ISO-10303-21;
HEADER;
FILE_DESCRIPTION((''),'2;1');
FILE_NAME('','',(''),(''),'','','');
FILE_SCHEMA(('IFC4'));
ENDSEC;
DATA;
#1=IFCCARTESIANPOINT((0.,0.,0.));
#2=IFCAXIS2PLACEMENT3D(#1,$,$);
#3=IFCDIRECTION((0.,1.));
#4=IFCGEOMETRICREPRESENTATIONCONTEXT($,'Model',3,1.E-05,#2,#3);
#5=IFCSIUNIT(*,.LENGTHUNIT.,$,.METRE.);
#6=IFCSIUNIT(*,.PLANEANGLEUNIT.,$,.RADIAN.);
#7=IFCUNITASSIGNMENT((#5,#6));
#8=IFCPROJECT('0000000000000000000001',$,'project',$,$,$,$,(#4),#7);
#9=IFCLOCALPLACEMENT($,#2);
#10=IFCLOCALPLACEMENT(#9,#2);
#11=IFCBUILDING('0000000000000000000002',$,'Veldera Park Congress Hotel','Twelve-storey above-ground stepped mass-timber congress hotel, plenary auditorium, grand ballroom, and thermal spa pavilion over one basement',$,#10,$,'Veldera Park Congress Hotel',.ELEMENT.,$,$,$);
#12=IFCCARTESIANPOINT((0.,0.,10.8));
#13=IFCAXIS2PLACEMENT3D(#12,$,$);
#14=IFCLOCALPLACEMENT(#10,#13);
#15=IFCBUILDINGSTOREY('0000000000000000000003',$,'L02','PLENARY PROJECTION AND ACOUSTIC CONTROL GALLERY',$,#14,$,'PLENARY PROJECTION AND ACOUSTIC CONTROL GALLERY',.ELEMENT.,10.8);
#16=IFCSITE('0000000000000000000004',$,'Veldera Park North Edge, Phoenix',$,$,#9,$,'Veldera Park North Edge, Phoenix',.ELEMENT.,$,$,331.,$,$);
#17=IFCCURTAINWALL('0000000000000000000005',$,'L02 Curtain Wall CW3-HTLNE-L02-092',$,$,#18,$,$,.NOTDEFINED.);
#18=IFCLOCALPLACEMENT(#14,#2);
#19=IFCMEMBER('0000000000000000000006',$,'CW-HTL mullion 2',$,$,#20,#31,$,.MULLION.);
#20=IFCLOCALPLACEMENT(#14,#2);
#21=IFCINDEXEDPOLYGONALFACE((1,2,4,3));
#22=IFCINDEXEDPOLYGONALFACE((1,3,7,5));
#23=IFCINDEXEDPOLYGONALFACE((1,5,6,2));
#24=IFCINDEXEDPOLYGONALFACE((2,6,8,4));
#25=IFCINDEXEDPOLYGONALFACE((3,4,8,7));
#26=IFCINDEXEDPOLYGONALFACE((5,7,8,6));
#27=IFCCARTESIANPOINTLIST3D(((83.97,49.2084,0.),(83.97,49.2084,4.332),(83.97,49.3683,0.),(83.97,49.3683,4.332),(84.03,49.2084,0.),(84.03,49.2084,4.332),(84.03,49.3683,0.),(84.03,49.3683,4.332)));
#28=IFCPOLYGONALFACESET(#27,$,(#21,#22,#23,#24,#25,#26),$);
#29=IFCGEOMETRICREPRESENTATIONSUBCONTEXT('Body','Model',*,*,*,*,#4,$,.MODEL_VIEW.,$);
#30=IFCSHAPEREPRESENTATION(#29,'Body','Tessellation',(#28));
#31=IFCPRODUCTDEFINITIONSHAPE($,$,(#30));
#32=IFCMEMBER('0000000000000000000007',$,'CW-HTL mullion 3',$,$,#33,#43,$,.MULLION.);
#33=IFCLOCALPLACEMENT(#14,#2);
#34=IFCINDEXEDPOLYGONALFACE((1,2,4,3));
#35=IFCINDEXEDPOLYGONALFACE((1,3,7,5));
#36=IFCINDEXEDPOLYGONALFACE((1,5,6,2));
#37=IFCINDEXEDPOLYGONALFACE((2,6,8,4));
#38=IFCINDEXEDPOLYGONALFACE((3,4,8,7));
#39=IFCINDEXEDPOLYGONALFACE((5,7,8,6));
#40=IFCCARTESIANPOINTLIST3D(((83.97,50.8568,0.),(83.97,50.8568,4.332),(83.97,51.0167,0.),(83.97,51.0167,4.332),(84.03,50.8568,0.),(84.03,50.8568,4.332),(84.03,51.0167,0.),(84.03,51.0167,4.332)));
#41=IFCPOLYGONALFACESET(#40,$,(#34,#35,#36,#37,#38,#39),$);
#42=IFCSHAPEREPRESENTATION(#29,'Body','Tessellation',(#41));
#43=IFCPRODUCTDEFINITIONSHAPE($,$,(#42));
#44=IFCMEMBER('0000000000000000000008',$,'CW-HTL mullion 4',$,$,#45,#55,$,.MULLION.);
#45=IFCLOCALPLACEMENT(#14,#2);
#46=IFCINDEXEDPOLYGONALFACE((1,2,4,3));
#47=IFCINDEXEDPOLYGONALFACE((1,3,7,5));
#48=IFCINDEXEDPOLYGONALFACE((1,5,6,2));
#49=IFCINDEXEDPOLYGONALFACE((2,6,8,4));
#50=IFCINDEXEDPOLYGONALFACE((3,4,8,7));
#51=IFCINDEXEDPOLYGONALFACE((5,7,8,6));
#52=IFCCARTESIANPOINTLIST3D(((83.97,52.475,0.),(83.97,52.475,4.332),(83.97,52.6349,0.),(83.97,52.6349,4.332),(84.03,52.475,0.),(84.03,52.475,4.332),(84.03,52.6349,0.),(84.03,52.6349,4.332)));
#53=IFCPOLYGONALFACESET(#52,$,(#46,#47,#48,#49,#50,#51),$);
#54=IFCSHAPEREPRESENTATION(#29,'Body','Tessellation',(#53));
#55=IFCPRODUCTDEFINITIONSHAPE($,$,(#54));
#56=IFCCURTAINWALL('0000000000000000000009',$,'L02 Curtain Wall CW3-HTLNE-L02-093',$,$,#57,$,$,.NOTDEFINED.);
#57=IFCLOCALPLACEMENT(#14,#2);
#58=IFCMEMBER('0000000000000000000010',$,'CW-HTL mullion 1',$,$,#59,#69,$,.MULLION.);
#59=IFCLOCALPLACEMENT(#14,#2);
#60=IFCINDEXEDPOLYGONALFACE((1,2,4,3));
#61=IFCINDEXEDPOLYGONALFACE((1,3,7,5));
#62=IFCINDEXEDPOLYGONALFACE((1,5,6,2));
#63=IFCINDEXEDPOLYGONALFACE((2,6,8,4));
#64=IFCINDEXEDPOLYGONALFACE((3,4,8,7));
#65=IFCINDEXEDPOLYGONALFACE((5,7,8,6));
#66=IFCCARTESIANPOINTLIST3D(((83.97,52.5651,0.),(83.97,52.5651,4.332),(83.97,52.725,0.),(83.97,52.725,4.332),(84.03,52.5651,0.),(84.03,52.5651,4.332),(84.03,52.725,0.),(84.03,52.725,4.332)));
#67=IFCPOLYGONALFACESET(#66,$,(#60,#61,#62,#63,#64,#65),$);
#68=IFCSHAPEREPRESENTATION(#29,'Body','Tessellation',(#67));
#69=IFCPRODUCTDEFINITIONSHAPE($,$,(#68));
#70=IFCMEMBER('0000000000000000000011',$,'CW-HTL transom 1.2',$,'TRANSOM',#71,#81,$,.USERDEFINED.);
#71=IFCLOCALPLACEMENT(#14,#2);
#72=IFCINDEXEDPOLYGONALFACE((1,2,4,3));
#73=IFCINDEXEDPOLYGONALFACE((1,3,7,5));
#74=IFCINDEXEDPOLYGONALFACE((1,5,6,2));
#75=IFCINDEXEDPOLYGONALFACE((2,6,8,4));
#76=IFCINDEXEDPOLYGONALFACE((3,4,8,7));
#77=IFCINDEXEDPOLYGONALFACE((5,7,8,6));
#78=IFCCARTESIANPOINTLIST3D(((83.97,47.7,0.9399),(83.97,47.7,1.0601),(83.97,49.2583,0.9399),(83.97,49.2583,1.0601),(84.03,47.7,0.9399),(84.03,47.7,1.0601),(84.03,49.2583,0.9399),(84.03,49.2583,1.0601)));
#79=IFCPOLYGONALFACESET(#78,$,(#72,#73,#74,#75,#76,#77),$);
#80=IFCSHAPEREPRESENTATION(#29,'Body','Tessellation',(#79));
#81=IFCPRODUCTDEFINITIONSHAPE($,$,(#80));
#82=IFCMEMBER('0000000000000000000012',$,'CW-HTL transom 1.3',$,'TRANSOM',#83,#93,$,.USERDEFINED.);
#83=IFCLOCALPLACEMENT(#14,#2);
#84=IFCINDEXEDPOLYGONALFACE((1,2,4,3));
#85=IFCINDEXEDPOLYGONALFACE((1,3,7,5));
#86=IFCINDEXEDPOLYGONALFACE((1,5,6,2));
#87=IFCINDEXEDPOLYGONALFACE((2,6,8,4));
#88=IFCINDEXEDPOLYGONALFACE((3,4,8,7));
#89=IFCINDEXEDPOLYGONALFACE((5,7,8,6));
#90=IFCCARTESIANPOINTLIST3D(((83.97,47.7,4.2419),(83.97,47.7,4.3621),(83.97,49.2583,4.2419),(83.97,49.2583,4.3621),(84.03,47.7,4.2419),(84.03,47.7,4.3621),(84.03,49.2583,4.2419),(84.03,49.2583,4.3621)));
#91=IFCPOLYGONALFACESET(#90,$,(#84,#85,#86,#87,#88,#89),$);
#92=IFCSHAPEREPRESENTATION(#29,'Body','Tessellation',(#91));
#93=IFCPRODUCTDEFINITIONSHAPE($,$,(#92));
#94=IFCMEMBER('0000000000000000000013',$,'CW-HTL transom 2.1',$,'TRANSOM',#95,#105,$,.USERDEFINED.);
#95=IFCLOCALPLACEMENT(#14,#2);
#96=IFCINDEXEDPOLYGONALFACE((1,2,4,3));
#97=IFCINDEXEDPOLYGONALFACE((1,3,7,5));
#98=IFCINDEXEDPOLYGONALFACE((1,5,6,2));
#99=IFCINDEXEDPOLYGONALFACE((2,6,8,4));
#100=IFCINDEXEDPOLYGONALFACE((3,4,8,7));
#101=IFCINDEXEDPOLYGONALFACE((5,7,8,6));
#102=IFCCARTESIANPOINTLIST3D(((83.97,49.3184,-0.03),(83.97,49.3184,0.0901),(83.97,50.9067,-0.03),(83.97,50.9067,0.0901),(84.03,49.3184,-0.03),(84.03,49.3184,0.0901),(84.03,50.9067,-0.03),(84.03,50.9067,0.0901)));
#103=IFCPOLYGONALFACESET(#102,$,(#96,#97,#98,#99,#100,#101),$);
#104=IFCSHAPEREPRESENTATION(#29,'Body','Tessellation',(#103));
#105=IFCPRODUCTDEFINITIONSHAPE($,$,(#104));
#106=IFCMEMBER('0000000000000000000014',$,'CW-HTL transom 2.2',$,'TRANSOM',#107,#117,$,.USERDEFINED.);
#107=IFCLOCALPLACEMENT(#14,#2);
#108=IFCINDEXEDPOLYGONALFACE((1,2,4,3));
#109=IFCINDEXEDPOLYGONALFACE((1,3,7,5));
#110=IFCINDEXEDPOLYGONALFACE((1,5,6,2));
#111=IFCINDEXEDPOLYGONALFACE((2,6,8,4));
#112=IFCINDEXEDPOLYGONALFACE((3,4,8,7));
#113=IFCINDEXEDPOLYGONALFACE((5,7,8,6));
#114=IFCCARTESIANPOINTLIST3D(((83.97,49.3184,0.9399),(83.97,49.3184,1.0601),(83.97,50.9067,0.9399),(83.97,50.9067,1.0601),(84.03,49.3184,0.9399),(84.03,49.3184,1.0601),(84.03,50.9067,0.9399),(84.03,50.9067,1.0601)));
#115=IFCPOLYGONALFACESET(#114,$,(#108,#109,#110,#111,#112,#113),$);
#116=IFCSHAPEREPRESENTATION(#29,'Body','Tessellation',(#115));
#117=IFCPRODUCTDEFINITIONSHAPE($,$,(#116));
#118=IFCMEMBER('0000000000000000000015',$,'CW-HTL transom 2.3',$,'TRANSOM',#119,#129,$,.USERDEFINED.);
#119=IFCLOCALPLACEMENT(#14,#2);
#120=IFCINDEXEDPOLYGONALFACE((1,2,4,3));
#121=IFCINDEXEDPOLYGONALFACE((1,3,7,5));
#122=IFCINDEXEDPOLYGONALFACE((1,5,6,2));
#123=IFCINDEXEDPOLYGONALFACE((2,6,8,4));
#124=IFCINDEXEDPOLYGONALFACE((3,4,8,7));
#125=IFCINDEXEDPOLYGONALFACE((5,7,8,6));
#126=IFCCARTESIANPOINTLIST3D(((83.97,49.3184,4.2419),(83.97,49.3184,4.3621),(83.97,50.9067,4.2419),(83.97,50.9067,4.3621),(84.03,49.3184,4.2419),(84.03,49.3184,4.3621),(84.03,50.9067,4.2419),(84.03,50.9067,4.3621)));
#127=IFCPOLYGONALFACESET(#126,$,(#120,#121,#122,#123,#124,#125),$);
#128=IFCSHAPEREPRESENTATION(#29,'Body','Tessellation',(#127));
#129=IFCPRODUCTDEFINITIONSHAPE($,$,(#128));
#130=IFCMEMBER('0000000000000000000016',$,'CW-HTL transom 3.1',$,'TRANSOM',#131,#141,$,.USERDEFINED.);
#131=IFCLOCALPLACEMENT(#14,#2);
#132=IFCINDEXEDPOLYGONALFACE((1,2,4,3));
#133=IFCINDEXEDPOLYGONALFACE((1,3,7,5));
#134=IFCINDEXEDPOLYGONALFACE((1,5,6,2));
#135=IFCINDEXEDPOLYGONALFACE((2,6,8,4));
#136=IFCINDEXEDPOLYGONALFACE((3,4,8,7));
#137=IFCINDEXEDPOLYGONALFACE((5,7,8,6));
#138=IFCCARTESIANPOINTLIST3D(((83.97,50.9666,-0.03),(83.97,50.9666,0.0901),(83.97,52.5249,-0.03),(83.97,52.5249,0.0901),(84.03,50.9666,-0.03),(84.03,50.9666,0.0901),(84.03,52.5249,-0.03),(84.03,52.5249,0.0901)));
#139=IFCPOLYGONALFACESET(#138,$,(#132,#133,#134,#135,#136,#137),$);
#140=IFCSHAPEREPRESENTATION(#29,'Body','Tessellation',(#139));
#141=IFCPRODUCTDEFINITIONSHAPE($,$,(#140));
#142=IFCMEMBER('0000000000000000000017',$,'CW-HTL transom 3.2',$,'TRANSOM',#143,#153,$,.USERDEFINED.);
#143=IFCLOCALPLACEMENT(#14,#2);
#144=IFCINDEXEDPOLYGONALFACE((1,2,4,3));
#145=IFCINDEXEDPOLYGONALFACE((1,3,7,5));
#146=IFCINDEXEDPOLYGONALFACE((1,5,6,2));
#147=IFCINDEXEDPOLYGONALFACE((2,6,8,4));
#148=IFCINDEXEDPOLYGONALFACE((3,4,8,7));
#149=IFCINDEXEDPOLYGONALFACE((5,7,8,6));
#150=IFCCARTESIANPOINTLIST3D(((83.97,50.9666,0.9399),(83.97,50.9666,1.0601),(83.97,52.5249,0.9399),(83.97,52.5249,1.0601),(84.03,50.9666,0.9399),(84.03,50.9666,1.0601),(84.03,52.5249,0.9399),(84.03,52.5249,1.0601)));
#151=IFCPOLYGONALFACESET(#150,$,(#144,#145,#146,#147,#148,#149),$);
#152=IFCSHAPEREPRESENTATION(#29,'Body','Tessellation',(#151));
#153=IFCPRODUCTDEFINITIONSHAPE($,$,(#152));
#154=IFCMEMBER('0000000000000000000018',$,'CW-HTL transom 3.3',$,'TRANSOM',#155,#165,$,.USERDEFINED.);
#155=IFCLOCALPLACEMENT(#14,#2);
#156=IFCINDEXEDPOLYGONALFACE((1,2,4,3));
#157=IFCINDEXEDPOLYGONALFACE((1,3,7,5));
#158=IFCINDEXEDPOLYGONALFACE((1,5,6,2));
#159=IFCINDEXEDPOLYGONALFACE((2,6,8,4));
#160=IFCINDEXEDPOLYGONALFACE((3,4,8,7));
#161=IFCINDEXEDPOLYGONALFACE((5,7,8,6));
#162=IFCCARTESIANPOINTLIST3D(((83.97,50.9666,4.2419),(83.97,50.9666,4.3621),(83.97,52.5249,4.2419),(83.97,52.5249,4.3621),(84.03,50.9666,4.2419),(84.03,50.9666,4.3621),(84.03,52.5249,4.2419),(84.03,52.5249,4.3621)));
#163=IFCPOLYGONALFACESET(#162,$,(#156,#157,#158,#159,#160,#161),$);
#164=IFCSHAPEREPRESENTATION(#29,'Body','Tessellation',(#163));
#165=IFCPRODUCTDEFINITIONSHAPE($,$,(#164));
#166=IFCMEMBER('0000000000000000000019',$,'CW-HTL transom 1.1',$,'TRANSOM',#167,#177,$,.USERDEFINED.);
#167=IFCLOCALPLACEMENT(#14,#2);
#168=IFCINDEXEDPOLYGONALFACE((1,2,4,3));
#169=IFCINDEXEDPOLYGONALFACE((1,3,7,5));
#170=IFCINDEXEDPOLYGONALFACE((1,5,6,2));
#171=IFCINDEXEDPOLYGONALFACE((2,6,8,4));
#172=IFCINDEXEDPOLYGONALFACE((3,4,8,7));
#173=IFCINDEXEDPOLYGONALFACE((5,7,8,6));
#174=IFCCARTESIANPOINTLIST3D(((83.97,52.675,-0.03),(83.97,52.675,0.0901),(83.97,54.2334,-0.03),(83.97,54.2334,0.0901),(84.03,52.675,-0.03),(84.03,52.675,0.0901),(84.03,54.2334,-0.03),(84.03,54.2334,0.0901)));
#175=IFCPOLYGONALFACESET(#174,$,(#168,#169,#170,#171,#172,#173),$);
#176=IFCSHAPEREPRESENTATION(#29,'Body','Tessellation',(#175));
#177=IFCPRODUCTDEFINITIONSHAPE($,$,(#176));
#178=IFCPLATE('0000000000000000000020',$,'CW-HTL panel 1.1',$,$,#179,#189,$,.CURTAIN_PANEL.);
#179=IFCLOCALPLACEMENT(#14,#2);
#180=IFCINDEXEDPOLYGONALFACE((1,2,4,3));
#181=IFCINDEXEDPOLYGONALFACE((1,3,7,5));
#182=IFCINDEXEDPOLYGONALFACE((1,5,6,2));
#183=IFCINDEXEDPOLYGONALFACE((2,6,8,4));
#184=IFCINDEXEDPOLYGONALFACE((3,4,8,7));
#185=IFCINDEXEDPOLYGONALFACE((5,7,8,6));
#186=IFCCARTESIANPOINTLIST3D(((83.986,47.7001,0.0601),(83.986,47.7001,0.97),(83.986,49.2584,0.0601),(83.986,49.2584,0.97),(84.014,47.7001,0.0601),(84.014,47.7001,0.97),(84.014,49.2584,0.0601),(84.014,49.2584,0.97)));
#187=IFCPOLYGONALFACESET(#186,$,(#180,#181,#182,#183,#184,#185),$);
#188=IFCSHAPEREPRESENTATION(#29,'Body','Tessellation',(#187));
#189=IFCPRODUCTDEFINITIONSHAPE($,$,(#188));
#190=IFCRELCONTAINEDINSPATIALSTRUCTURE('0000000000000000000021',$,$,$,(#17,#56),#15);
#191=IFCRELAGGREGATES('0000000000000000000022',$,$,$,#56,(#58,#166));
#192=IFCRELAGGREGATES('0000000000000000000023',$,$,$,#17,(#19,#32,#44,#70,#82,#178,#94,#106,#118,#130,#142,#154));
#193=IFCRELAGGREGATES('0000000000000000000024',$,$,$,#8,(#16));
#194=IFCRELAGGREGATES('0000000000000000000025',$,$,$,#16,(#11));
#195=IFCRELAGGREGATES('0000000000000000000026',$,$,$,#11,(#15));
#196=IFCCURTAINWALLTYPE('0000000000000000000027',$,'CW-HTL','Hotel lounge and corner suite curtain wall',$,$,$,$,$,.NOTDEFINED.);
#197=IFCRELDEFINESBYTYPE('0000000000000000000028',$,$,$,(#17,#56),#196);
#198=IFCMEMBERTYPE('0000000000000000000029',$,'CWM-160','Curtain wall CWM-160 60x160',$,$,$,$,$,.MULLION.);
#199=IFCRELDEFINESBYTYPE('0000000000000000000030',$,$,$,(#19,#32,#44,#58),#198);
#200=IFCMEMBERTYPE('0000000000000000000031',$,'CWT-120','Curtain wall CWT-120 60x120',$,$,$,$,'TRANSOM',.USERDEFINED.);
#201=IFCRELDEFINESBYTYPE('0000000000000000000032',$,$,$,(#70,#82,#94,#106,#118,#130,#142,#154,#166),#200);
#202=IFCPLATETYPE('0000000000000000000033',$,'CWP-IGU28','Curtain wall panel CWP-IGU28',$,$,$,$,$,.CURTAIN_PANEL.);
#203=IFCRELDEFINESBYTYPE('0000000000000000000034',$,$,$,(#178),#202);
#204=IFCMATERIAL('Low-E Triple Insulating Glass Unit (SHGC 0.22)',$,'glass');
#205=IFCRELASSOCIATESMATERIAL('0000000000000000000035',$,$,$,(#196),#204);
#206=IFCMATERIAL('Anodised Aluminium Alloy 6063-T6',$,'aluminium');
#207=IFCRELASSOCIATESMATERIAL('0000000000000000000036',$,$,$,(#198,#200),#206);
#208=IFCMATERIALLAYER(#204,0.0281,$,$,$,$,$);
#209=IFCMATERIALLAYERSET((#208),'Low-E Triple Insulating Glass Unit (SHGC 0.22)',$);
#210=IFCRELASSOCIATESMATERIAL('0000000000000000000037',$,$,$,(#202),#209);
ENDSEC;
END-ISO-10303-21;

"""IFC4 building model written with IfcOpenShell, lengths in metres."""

from ifc_helpers import new_model, si_unit, direction, frame, origin, origin_2d, place, context, subcontext, project, spatial, rectangle, extrude, material, layer, layer_set, material_profile, profile_set, type_object, element, aggregate, save


model = new_model("IFC4")

# Units and contexts
model_context = context("Model", 3, precision=1e-05, world=origin(), true_north=direction((0.0, 1.0)))
body_context = subcontext(model_context, "Body", "Model", "MODEL_VIEW")
ifc_project = project(units=[si_unit("LENGTHUNIT", "METRE"), si_unit("PLANEANGLEUNIT", "RADIAN")], contexts=[model_context])

# Site, building, storey
site_placement = place(None, origin())
site = spatial("IfcSite", under=ifc_project, at=site_placement, Name="Veldera Park North Edge, Phoenix", LongName="Veldera Park North Edge, Phoenix", CompositionType="ELEMENT", RefElevation=331.0)
building_placement = place(site_placement, origin())
building = spatial("IfcBuilding", under=site, at=building_placement, Name="Veldera Park Congress Hotel", Description="Twelve-storey above-ground stepped mass-timber congress hotel, plenary auditorium, grand ballroom, and thermal spa pavilion over one basement", LongName="Veldera Park Congress Hotel", CompositionType="ELEMENT")
storey_placement = place(building_placement, frame((0.0, 0.0, 10.8)))
storey = spatial("IfcBuildingStorey", under=building, at=storey_placement, Name="L02", Description="PLENARY PROJECTION AND ACOUSTIC CONTROL GALLERY", LongName="PLENARY PROJECTION AND ACOUSTIC CONTROL GALLERY", CompositionType="ELEMENT", Elevation=10.8)

# Curtain wall, members
ifc_material_1 = material(Name="Low-E Triple Insulating Glass Unit (SHGC 0.22)", Category="glass")
curtain_wall_type = type_object("IfcCurtainWallType", Name="CW-HTL", Description="Hotel lounge and corner suite curtain wall", PredefinedType="NOTDEFINED", material=ifc_material_1)
curtain_wall_1_placement = place(storey_placement, origin())
curtain_wall_1 = element("IfcCurtainWall", 1, at=curtain_wall_1_placement, inside=storey, type_object=curtain_wall_type, Name="L02 Curtain Wall CW3-HTLNE-L02-092", PredefinedType="NOTDEFINED")
ifc_material_2 = material(Name="Anodised Aluminium Alloy 6063-T6", Category="aluminium")
ifc_material_profile_1 = material_profile(ifc_material_2, rectangle(XDim=0.0601, YDim=0.1599, at=origin_2d()), Name="ALU 60x160")
ifc_profile_set_1 = profile_set([ifc_material_profile_1], Name="Anodised Aluminium Alloy 6063-T6")
member_type_1 = type_object("IfcMemberType", Name="CWM-160", Description="Curtain wall CWM-160 60x160", PredefinedType="MULLION", material=ifc_profile_set_1)
member_1_placement = place(storey_placement, frame((84.0, 49.2883, 0.0), z_axis=(0.0, 0.0, 1.0), x_axis=(-1.0, 0.0, 0.0)))
member_1 = element("IfcMember", 2, at=member_1_placement, type_object=member_type_1, Name="CW-HTL mullion 2", PredefinedType="MULLION", context=body_context, shape_type="SweptSolid", body=[
    extrude(rectangle(XDim=0.0601, YDim=0.1599, at=origin_2d()), origin(), (0.0, 0.0, 1.0), 4.332),
])
member_2_placement = place(storey_placement, frame((84.0, 50.9368, 0.0), z_axis=(0.0, 0.0, 1.0), x_axis=(-1.0, 0.0, 0.0)))
member_2 = element("IfcMember", 3, at=member_2_placement, type_object=member_type_1, Name="CW-HTL mullion 3", PredefinedType="MULLION", context=body_context, shape_type="SweptSolid", body=[
    extrude(rectangle(XDim=0.0601, YDim=0.1599, at=origin_2d()), origin(), (0.0, 0.0, 1.0), 4.332),
])
member_3_placement = place(storey_placement, frame((84.0, 52.5549, 0.0), z_axis=(0.0, 0.0, 1.0), x_axis=(-1.0, 0.0, 0.0)))
member_3 = element("IfcMember", 4, at=member_3_placement, type_object=member_type_1, Name="CW-HTL mullion 4", PredefinedType="MULLION", context=body_context, shape_type="SweptSolid", body=[
    extrude(rectangle(XDim=0.0601, YDim=0.1599, at=origin_2d()), origin(), (0.0, 0.0, 1.0), 4.332),
])

# Curtain wall, member
curtain_wall_2_placement = place(storey_placement, origin())
curtain_wall_2 = element("IfcCurtainWall", 5, at=curtain_wall_2_placement, inside=storey, type_object=curtain_wall_type, Name="L02 Curtain Wall CW3-HTLNE-L02-093", PredefinedType="NOTDEFINED")
member_4_placement = place(storey_placement, frame((84.0, 52.645, 0.0), z_axis=(0.0, 0.0, 1.0), x_axis=(-1.0, 0.0, 0.0)))
member_4 = element("IfcMember", 6, at=member_4_placement, type_object=member_type_1, Name="CW-HTL mullion 1", PredefinedType="MULLION", context=body_context, shape_type="SweptSolid", body=[
    extrude(rectangle(XDim=0.0601, YDim=0.1599, at=origin_2d()), origin(), (0.0, 0.0, 1.0), 4.332),
])

# Members
ifc_material_profile_2 = material_profile(ifc_material_2, rectangle(XDim=0.0601, YDim=0.1201, at=origin_2d()), Name="ALU 60x120")
ifc_profile_set_2 = profile_set([ifc_material_profile_2], Name="Anodised Aluminium Alloy 6063-T6")
member_type_2 = type_object("IfcMemberType", Name="CWT-120", Description="Curtain wall CWT-120 60x120", ElementType="TRANSOM", PredefinedType="USERDEFINED", material=ifc_profile_set_2)
member_5_placement = place(storey_placement, frame((84.0, 47.7, 1.0), z_axis=(0.0, 1.0, 0.0), x_axis=(-1.0, 0.0, 0.0)))
member_5 = element("IfcMember", 7, at=member_5_placement, type_object=member_type_2, Name="CW-HTL transom 1.2", ObjectType="TRANSOM", PredefinedType="USERDEFINED", context=body_context, shape_type="SweptSolid", body=[
    extrude(rectangle(XDim=0.0601, YDim=0.1201, at=origin_2d()), origin(), (0.0, 0.0, 1.0), 1.5583),
])
member_6_placement = place(storey_placement, frame((84.0, 47.7, 4.302), z_axis=(0.0, 1.0, 0.0), x_axis=(-1.0, 0.0, 0.0)))
member_6 = element("IfcMember", 8, at=member_6_placement, type_object=member_type_2, Name="CW-HTL transom 1.3", ObjectType="TRANSOM", PredefinedType="USERDEFINED", context=body_context, shape_type="SweptSolid", body=[
    extrude(rectangle(XDim=0.0601, YDim=0.1201, at=origin_2d()), origin(), (0.0, 0.0, 1.0), 1.5583),
])
member_7_placement = place(storey_placement, frame((84.0, 49.3184, 0.03), z_axis=(0.0, 1.0, 0.0), x_axis=(-1.0, 0.0, 0.0)))
member_7 = element("IfcMember", 9, at=member_7_placement, type_object=member_type_2, Name="CW-HTL transom 2.1", ObjectType="TRANSOM", PredefinedType="USERDEFINED", context=body_context, shape_type="SweptSolid", body=[
    extrude(rectangle(XDim=0.0601, YDim=0.1201, at=origin_2d()), origin(), (0.0, 0.0, 1.0), 1.5884),
])
member_8_placement = place(storey_placement, frame((84.0, 49.3184, 1.0), z_axis=(0.0, 1.0, 0.0), x_axis=(-1.0, 0.0, 0.0)))
member_8 = element("IfcMember", 10, at=member_8_placement, type_object=member_type_2, Name="CW-HTL transom 2.2", ObjectType="TRANSOM", PredefinedType="USERDEFINED", context=body_context, shape_type="SweptSolid", body=[
    extrude(rectangle(XDim=0.0601, YDim=0.1201, at=origin_2d()), origin(), (0.0, 0.0, 1.0), 1.5884),
])
member_9_placement = place(storey_placement, frame((84.0, 49.3184, 4.302), z_axis=(0.0, 1.0, 0.0), x_axis=(-1.0, 0.0, 0.0)))
member_9 = element("IfcMember", 11, at=member_9_placement, type_object=member_type_2, Name="CW-HTL transom 2.3", ObjectType="TRANSOM", PredefinedType="USERDEFINED", context=body_context, shape_type="SweptSolid", body=[
    extrude(rectangle(XDim=0.0601, YDim=0.1201, at=origin_2d()), origin(), (0.0, 0.0, 1.0), 1.5884),
])
member_10_placement = place(storey_placement, frame((84.0, 50.9666, 0.03), z_axis=(0.0, 1.0, 0.0), x_axis=(-1.0, 0.0, 0.0)))
member_10 = element("IfcMember", 12, at=member_10_placement, type_object=member_type_2, Name="CW-HTL transom 3.1", ObjectType="TRANSOM", PredefinedType="USERDEFINED", context=body_context, shape_type="SweptSolid", body=[
    extrude(rectangle(XDim=0.0601, YDim=0.1201, at=origin_2d()), origin(), (0.0, 0.0, 1.0), 1.5583),
])
member_11_placement = place(storey_placement, frame((84.0, 50.9666, 1.0), z_axis=(0.0, 1.0, 0.0), x_axis=(-1.0, 0.0, 0.0)))
member_11 = element("IfcMember", 13, at=member_11_placement, type_object=member_type_2, Name="CW-HTL transom 3.2", ObjectType="TRANSOM", PredefinedType="USERDEFINED", context=body_context, shape_type="SweptSolid", body=[
    extrude(rectangle(XDim=0.0601, YDim=0.1201, at=origin_2d()), origin(), (0.0, 0.0, 1.0), 1.5583),
])
member_12_placement = place(storey_placement, frame((84.0, 50.9666, 4.302), z_axis=(0.0, 1.0, 0.0), x_axis=(-1.0, 0.0, 0.0)))
member_12 = element("IfcMember", 14, at=member_12_placement, type_object=member_type_2, Name="CW-HTL transom 3.3", ObjectType="TRANSOM", PredefinedType="USERDEFINED", context=body_context, shape_type="SweptSolid", body=[
    extrude(rectangle(XDim=0.0601, YDim=0.1201, at=origin_2d()), origin(), (0.0, 0.0, 1.0), 1.5583),
])
member_13_placement = place(storey_placement, frame((84.0, 52.675, 0.03), z_axis=(0.0, 1.0, 0.0), x_axis=(-1.0, 0.0, 0.0)))
member_13 = element("IfcMember", 15, at=member_13_placement, type_object=member_type_2, Name="CW-HTL transom 1.1", ObjectType="TRANSOM", PredefinedType="USERDEFINED", context=body_context, shape_type="SweptSolid", body=[
    extrude(rectangle(XDim=0.0601, YDim=0.1201, at=origin_2d()), origin(), (0.0, 0.0, 1.0), 1.5583),
])
aggregate(curtain_wall_2, [member_4, member_13])

# Plate
ifc_layer = layer(ifc_material_1, 0.0281)
ifc_layer_set = layer_set([ifc_layer], Name="Low-E Triple Insulating Glass Unit (SHGC 0.22)")
plate_type = type_object("IfcPlateType", Name="CWP-IGU28", Description="Curtain wall panel CWP-IGU28", PredefinedType="CURTAIN_PANEL", material=ifc_layer_set)
plate_1_placement = place(storey_placement, frame((84.0, 48.4792, 0.0601), z_axis=(0.0, 0.0, 1.0), x_axis=(0.0, 1.0, 0.0)))
plate_1 = element("IfcPlate", 16, at=plate_1_placement, type_object=plate_type, Name="CW-HTL panel 1.1", PredefinedType="CURTAIN_PANEL", context=body_context, shape_type="SweptSolid", body=[
    extrude(rectangle(XDim=1.5583, YDim=0.0281, at=origin_2d()), origin(), (0.0, 0.0, 1.0), 0.9099),
])
aggregate(curtain_wall_1, [member_1, member_2, member_3, member_5, member_6, plate_1, member_7, member_8, member_9, member_10, member_11, member_12])

save(model, "model.ifc")
